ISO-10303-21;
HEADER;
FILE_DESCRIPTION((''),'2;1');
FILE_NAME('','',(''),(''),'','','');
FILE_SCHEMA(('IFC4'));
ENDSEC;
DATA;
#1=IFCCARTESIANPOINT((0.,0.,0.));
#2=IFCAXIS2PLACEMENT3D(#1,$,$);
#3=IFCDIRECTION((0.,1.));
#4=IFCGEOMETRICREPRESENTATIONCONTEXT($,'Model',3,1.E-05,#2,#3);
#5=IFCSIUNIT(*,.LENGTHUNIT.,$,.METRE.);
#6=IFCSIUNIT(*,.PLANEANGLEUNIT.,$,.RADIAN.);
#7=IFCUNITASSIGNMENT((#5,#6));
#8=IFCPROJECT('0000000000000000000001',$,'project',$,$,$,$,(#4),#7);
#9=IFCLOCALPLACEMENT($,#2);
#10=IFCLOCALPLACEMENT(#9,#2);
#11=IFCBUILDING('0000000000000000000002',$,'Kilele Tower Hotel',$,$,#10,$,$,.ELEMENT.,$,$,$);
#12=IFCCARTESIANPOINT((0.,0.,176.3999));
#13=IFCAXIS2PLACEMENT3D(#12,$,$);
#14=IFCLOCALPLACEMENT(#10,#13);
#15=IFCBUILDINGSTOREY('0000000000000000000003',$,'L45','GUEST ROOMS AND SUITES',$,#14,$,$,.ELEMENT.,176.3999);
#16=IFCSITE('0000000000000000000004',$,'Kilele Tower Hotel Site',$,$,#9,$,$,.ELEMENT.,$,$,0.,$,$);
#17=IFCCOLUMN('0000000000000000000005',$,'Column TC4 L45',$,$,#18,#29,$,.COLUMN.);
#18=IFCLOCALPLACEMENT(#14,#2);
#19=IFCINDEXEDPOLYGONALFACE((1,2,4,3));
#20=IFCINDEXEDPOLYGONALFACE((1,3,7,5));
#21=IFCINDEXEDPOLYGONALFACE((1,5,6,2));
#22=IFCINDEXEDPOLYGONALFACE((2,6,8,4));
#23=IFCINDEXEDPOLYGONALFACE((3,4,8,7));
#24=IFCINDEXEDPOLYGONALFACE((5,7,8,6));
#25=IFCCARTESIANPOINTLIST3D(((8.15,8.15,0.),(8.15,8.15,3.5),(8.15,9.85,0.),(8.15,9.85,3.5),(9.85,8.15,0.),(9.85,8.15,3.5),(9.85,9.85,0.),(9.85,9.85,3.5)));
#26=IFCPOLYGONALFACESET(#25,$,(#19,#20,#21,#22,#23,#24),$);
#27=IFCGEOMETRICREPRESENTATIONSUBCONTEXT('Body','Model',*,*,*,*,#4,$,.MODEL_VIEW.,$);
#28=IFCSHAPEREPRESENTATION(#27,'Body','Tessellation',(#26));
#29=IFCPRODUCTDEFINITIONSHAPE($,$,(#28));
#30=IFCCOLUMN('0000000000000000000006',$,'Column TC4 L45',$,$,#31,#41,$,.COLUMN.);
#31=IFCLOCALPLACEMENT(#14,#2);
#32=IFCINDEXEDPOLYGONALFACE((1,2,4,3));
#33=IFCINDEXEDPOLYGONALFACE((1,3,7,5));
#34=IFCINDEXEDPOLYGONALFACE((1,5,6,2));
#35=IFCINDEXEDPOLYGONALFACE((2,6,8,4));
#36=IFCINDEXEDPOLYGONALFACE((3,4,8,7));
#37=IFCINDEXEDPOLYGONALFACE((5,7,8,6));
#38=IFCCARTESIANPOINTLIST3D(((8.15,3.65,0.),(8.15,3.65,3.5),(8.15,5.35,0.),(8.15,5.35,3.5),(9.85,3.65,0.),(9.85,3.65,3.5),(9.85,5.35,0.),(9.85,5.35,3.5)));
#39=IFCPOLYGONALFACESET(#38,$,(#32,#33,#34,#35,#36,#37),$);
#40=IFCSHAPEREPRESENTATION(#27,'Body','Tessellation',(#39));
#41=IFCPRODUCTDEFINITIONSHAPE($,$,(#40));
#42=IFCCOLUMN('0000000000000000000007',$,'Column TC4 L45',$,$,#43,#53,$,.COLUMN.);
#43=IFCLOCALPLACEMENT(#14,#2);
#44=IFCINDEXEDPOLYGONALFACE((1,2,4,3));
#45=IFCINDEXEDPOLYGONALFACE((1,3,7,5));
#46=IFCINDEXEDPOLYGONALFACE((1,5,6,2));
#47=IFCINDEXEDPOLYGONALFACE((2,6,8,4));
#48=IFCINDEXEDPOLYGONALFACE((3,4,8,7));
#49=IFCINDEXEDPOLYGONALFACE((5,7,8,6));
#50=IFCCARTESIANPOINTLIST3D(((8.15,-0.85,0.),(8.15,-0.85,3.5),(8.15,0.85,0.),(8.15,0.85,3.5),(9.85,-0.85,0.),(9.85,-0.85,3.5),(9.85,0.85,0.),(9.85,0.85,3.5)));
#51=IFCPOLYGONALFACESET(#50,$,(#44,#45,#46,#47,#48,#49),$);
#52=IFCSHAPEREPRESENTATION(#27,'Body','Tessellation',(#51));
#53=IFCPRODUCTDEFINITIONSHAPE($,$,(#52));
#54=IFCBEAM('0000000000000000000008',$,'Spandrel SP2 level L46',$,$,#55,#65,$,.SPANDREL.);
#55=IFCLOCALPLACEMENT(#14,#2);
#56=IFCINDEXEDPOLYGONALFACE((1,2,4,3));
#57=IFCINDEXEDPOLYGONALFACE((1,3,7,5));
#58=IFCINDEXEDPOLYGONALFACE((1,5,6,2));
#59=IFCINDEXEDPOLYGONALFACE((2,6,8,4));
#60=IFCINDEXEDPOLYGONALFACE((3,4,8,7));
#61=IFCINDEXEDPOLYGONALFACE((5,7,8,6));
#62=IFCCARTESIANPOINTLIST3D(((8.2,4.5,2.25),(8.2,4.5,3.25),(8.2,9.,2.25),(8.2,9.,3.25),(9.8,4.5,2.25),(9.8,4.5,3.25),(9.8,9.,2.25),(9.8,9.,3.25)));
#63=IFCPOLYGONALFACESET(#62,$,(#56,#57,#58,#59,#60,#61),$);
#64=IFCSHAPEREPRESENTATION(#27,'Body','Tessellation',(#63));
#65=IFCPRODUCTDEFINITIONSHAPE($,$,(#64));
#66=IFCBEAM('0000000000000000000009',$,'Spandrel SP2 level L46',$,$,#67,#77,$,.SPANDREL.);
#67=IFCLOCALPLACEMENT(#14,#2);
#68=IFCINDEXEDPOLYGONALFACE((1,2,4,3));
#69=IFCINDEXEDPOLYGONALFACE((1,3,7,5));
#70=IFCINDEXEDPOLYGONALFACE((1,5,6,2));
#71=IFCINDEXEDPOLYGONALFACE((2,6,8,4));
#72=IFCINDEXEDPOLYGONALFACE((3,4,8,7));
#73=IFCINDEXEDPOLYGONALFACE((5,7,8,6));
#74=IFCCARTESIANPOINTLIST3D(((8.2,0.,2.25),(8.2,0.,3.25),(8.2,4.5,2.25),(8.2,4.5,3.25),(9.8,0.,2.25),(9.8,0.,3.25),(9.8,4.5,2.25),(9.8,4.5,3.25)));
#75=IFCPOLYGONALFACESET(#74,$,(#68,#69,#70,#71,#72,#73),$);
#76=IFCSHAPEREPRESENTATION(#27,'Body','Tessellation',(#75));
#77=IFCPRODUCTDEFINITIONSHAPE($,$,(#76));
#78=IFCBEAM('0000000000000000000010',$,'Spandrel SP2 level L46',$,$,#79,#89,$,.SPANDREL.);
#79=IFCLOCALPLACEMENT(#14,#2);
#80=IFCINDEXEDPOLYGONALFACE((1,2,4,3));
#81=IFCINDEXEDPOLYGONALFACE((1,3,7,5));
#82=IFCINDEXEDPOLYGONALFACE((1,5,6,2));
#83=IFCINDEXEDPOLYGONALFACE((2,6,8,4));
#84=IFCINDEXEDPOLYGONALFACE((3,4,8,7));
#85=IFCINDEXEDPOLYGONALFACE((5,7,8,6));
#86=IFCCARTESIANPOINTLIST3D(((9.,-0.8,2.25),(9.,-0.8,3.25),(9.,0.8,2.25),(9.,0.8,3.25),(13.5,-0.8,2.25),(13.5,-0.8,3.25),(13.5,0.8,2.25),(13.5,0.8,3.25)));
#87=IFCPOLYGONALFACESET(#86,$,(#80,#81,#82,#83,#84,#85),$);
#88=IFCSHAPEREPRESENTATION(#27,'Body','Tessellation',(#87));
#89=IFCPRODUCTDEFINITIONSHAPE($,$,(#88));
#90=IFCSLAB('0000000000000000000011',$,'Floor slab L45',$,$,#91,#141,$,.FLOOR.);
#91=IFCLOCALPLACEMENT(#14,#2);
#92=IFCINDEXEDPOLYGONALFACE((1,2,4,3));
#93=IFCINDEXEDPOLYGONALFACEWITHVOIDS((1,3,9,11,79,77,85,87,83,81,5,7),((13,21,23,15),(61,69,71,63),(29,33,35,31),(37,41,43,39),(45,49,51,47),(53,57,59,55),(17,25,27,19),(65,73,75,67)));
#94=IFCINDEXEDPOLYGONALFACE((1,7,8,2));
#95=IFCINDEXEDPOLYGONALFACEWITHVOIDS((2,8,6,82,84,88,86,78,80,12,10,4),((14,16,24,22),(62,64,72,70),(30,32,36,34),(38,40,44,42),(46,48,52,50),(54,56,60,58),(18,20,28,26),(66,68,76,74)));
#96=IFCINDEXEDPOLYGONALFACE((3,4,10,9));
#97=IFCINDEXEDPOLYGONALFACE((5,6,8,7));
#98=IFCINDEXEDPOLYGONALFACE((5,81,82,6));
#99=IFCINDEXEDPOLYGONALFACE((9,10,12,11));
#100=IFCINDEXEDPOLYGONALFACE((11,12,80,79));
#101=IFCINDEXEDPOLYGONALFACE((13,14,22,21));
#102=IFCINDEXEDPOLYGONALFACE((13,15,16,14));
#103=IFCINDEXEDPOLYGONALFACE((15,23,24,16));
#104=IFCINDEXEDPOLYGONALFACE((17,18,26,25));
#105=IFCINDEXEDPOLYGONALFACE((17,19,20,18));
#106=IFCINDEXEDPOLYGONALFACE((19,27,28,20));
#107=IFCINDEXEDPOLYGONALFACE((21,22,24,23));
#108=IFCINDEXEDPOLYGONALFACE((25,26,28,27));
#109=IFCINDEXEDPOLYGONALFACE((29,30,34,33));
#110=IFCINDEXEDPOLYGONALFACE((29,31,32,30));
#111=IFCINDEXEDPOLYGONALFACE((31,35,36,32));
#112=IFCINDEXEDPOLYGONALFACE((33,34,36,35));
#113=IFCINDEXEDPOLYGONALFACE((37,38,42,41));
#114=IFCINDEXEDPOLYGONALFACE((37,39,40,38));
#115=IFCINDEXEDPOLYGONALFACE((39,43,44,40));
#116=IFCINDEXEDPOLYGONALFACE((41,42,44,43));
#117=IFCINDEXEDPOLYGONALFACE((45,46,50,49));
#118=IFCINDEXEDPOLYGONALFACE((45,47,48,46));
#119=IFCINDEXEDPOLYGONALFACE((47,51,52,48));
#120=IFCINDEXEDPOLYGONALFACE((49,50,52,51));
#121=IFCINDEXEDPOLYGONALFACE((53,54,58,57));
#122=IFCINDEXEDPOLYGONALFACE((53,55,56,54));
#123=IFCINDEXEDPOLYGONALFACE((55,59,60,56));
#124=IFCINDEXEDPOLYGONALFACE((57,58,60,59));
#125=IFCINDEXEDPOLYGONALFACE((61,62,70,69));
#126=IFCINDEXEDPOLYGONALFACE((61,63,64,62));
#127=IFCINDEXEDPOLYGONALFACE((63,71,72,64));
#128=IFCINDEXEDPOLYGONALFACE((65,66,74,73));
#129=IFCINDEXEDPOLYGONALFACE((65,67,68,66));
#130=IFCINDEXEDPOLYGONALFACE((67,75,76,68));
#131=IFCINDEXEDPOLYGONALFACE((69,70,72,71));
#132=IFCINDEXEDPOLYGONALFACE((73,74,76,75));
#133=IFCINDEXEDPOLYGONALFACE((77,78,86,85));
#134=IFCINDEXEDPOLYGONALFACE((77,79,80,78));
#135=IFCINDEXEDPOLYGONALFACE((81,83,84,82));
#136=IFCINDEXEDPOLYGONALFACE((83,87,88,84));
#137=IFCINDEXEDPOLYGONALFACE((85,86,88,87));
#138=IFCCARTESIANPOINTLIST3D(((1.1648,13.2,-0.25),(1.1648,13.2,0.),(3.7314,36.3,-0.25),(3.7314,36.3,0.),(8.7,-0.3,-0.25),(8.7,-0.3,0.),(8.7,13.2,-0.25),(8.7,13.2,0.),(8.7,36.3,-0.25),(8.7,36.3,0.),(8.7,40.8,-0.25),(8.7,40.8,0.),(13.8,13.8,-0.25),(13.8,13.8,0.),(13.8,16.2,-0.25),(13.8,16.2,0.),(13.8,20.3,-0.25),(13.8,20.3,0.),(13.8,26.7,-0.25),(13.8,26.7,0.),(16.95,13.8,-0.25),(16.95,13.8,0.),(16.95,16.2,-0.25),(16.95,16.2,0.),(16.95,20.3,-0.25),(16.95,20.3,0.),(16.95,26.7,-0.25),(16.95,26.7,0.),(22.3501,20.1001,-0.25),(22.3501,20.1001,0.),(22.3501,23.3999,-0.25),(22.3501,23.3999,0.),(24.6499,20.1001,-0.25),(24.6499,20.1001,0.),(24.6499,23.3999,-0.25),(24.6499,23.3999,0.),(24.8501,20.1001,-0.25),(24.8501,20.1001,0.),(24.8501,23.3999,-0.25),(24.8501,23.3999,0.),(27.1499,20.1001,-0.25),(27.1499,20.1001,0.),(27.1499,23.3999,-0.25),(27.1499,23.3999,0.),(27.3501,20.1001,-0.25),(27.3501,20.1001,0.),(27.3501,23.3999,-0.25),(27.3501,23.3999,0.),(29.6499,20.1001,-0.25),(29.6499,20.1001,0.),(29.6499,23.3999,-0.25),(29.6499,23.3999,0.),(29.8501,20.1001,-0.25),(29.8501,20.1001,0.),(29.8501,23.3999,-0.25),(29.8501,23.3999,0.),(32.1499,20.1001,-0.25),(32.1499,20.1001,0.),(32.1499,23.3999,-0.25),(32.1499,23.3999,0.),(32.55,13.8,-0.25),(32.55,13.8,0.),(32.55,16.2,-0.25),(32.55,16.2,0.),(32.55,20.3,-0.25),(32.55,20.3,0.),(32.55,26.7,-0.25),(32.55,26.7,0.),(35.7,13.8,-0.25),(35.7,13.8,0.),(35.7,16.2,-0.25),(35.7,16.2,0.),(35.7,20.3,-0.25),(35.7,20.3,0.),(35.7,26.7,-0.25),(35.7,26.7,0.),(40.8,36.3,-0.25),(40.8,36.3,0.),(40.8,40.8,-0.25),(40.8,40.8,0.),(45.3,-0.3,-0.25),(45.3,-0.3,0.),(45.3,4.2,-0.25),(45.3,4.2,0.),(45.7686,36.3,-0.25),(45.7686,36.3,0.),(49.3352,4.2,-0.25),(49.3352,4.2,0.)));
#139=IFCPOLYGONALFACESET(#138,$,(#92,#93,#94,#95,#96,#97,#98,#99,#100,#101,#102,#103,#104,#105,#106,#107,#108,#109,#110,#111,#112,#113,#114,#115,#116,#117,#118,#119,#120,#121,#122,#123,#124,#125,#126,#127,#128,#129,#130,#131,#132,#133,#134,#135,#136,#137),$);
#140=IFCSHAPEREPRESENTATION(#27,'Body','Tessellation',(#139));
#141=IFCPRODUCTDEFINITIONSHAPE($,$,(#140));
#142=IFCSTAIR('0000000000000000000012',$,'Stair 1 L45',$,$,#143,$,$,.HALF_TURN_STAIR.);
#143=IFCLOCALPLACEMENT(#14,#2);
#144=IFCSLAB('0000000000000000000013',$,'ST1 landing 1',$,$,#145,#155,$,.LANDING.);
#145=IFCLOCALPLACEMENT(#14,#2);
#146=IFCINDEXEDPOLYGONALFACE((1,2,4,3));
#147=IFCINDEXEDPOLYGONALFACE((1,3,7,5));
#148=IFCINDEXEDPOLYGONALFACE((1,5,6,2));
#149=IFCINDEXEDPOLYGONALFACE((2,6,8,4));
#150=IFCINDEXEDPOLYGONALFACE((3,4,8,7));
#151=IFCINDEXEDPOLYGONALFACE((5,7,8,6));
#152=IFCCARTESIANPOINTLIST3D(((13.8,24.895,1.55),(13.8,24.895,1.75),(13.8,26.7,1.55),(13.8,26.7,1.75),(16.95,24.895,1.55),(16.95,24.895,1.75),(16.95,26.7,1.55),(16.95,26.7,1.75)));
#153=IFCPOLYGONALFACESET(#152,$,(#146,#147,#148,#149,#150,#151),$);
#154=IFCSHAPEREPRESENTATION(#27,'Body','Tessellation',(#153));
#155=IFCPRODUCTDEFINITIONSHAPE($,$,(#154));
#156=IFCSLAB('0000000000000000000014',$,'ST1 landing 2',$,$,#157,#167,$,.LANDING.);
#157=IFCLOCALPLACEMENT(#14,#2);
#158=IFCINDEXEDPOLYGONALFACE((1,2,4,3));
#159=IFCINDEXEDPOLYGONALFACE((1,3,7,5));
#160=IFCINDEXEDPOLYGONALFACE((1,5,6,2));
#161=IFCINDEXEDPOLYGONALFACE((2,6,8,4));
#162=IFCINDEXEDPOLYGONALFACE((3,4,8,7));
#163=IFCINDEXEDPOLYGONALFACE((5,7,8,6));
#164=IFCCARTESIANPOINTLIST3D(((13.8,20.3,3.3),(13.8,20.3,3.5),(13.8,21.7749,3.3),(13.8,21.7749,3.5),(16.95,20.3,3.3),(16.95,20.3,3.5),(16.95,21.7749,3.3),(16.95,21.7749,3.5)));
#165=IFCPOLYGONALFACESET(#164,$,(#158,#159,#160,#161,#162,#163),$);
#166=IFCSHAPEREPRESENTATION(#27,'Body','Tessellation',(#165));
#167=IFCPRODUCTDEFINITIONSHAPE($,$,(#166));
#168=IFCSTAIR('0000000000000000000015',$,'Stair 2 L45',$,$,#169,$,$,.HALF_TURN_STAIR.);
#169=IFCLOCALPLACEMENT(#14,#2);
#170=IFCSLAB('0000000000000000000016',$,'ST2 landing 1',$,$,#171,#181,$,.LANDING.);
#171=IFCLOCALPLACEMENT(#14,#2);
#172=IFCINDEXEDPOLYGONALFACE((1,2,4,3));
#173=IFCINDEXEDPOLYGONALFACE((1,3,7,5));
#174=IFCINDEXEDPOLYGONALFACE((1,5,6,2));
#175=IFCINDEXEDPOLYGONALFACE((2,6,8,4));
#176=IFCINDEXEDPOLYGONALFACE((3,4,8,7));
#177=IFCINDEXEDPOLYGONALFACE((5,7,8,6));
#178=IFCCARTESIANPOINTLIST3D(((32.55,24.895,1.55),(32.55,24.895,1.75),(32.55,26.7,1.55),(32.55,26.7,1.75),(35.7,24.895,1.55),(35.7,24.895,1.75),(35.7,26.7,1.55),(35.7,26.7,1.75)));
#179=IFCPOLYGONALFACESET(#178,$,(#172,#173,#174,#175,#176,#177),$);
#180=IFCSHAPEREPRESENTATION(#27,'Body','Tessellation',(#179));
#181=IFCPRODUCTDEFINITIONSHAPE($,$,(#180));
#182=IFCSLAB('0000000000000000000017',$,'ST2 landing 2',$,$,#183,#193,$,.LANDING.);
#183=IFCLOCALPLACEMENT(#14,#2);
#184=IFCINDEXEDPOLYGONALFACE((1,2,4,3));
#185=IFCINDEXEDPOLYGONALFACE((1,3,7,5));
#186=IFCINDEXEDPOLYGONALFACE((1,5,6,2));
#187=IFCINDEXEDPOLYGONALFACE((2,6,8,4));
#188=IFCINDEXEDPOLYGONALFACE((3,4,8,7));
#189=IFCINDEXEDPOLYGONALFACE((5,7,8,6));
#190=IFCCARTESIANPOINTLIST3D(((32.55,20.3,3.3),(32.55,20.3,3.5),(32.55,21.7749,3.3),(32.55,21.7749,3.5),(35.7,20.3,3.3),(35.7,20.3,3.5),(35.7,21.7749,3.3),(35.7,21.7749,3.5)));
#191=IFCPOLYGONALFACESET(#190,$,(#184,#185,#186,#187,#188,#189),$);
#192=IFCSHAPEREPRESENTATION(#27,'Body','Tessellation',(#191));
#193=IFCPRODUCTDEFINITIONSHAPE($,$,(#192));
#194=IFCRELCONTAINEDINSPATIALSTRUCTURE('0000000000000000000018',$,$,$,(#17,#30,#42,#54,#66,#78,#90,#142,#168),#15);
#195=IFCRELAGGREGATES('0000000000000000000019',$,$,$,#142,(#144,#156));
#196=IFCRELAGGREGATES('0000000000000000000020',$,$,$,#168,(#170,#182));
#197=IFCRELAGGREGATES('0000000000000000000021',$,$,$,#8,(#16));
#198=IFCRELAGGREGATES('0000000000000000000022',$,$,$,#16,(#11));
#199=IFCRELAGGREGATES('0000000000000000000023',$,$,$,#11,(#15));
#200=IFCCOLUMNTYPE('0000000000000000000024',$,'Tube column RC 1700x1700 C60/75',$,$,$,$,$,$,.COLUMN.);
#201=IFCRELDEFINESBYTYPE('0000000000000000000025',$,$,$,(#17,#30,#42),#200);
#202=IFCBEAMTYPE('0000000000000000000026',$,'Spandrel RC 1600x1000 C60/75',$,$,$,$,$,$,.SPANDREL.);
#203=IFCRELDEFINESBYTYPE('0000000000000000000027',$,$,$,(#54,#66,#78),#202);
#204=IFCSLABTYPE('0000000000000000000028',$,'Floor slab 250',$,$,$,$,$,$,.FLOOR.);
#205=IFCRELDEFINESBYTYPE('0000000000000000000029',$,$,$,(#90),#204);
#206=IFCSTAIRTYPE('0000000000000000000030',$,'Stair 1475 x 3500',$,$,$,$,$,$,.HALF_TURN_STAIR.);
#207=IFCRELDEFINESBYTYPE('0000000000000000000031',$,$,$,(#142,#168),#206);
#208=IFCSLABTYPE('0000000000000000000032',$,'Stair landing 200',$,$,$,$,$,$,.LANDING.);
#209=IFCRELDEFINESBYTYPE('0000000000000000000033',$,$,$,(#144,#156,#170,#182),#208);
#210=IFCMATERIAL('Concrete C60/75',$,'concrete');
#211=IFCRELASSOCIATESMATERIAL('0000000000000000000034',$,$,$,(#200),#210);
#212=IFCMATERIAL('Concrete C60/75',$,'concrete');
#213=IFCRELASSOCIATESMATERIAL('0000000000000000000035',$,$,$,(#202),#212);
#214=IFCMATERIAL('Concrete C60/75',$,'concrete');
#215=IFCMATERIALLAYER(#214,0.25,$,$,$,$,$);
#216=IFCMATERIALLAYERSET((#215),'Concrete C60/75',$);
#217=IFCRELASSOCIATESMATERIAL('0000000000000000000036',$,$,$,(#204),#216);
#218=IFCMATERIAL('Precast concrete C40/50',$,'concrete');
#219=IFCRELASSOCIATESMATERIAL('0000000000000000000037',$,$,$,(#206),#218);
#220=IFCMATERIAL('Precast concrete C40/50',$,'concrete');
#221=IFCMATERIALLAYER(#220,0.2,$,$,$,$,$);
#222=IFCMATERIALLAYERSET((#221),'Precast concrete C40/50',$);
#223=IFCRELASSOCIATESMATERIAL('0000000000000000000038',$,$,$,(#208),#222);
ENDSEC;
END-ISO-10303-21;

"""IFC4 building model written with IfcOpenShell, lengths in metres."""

from ifc_helpers import new_model, si_unit, direction, frame, origin, origin_2d, place, context, subcontext, project, spatial, polyline, rectangle, outline, extrude, material, layer, layer_set, material_profile, profile_set, type_object, element, aggregate, save


model = new_model("IFC4")

# Units and contexts
model_context = context("Model", 3, precision=1e-05, world=origin(), true_north=direction((0.0, 1.0)))
body_context = subcontext(model_context, "Body", "Model", "MODEL_VIEW")
ifc_project = project(units=[si_unit("LENGTHUNIT", "METRE"), si_unit("PLANEANGLEUNIT", "RADIAN")], contexts=[model_context])

# Site, building, storey
site_placement = place(None, origin())
site = spatial("IfcSite", under=ifc_project, at=site_placement, Name="Kilele Tower Hotel Site", CompositionType="ELEMENT", RefElevation=0.0)
building_placement = place(site_placement, origin())
building = spatial("IfcBuilding", under=site, at=building_placement, Name="Kilele Tower Hotel", CompositionType="ELEMENT")
storey_placement = place(building_placement, frame((0.0, 0.0, 176.3999)))
storey = spatial("IfcBuildingStorey", under=building, at=storey_placement, Name="L45", Description="GUEST ROOMS AND SUITES", CompositionType="ELEMENT", Elevation=176.3999)

# Columns
ifc_material_1 = material(Name="Concrete C60/75", Category="concrete")
ifc_material_profile_1 = material_profile(ifc_material_1, rectangle(XDim=1.7, YDim=1.7, at=origin_2d()))
ifc_profile_set_1 = profile_set([ifc_material_profile_1], Name="Concrete C60/75")
column_type = type_object("IfcColumnType", Name="Tube column RC 1700x1700 C60/75", PredefinedType="COLUMN", material=ifc_profile_set_1)
for number, where, z_axis, x_axis, name in (
    (1, (9.0, 9.0, 0.0), (0.0, 0.0, 1.0), (1.0, 0.0, 0.0), "Column TC4 L45"),
    (2, (9.0, 4.5, 0.0), (0.0, 0.0, 1.0), (1.0, 0.0, 0.0), "Column TC4 L45"),
    (3, (9.0, 0.0, 0.0), (0.0, 0.0, 1.0), (1.0, 0.0, 0.0), "Column TC4 L45"),
):
    element("IfcColumn", number, at=place(storey_placement, frame(where, z_axis=z_axis, x_axis=x_axis)), inside=storey, type_object=column_type, Name=name, PredefinedType="COLUMN", context=body_context, shape_type="SweptSolid", body=[
        extrude(rectangle(XDim=1.7, YDim=1.7, at=origin_2d()), origin(), (0.0, 0.0, 1.0), 3.5),
    ])

# Beams
ifc_material_2 = material(Name="Concrete C60/75", Category="concrete")
ifc_material_profile_2 = material_profile(ifc_material_2, rectangle(XDim=1.6001, YDim=1.0, at=origin_2d()))
ifc_profile_set_2 = profile_set([ifc_material_profile_2], Name="Concrete C60/75")
beam_type = type_object("IfcBeamType", Name="Spandrel RC 1600x1000 C60/75", PredefinedType="SPANDREL", material=ifc_profile_set_2)
for number, where, z_axis, x_axis, name in (
    (4, (9.0, 9.0, 2.75), (0.0, -1.0, 0.0), (1.0, 0.0, 0.0), "Spandrel SP2 level L46"),
    (5, (9.0, 4.5, 2.75), (0.0, -1.0, 0.0), (1.0, 0.0, 0.0), "Spandrel SP2 level L46"),
    (6, (9.0, 0.0, 2.75), (1.0, 0.0, 0.0), (0.0, 1.0, 0.0), "Spandrel SP2 level L46"),
):
    element("IfcBeam", number, at=place(storey_placement, frame(where, z_axis=z_axis, x_axis=x_axis)), inside=storey, type_object=beam_type, Name=name, PredefinedType="SPANDREL", context=body_context, shape_type="SweptSolid", body=[
        extrude(rectangle(XDim=1.6001, YDim=1.0, at=origin_2d()), origin(), (0.0, 0.0, 1.0), 4.5),
    ])

# Slab
ifc_material_3 = material(Name="Concrete C60/75", Category="concrete")
ifc_layer_1 = layer(ifc_material_3, 0.25)
ifc_layer_set_1 = layer_set([ifc_layer_1], Name="Concrete C60/75")
slab_type_1 = type_object("IfcSlabType", Name="Floor slab 250", PredefinedType="FLOOR", material=ifc_layer_set_1)
slab_1_placement = place(storey_placement, frame((0.0, 0.0, -0.25)))
element("IfcSlab", 7, at=slab_1_placement, inside=storey, type_object=slab_type_1, Name="Floor slab L45", PredefinedType="FLOOR", context=body_context, shape_type="SweptSolid", body=[
    extrude(outline(polyline([(8.7, 36.3), (8.7, 40.8), (40.8, 40.8), (40.8, 36.3), (45.7686, 36.3), (49.3352, 4.2), (45.3, 4.2), (45.3, -0.3), (8.7, -0.3), (8.7, 13.2), (1.1648, 13.2), (3.7314, 36.3), (8.7, 36.3)]), holes=[polyline([(16.95, 16.2), (13.8, 16.2), (13.8, 13.8), (16.95, 13.8), (16.95, 16.2)]), polyline([(35.7, 16.2), (32.55, 16.2), (32.55, 13.8), (35.7, 13.8), (35.7, 16.2)]), polyline([(24.6499, 23.3999), (22.3501, 23.3999), (22.3501, 20.1001), (24.6499, 20.1001), (24.6499, 23.3999)]), polyline([(27.1499, 23.3999), (24.8501, 23.3999), (24.8501, 20.1001), (27.1499, 20.1001), (27.1499, 23.3999)]), polyline([(29.6499, 23.3999), (27.3501, 23.3999), (27.3501, 20.1001), (29.6499, 20.1001), (29.6499, 23.3999)]), polyline([(32.1499, 23.3999), (29.8501, 23.3999), (29.8501, 20.1001), (32.1499, 20.1001), (32.1499, 23.3999)]), polyline([(16.95, 26.7), (13.8, 26.7), (13.8, 20.3), (16.95, 20.3), (16.95, 26.7)]), polyline([(35.7, 26.7), (32.55, 26.7), (32.55, 20.3), (35.7, 20.3), (35.7, 26.7)])]), origin(), (0.0, 0.0, 1.0), 0.25),
])

# Stairs, slabs
ifc_material_4 = material(Name="Precast concrete C40/50", Category="concrete")
stair_type = type_object("IfcStairType", Name="Stair 1475 x 3500", PredefinedType="HALF_TURN_STAIR", material=ifc_material_4)
stair_1_placement = place(storey_placement, origin())
stair_1 = element("IfcStair", 8, at=stair_1_placement, inside=storey, type_object=stair_type, Name="Stair 1 L45", PredefinedType="HALF_TURN_STAIR")
ifc_material_5 = material(Name="Precast concrete C40/50", Category="concrete")
ifc_layer_2 = layer(ifc_material_5, 0.2)
ifc_layer_set_2 = layer_set([ifc_layer_2], Name="Precast concrete C40/50")
slab_type_2 = type_object("IfcSlabType", Name="Stair landing 200", PredefinedType="LANDING", material=ifc_layer_set_2)
slab_2_placement = place(storey_placement, frame((0.0, 0.0, 1.55)))
slab_2 = element("IfcSlab", 9, at=slab_2_placement, type_object=slab_type_2, Name="ST1 landing 1", PredefinedType="LANDING", context=body_context, shape_type="SweptSolid", body=[
    extrude(outline(polyline([(13.8, 24.895), (16.95, 24.895), (16.95, 26.7), (13.8, 26.7), (13.8, 24.895)])), origin(), (0.0, 0.0, 1.0), 0.2),
])
slab_3_placement = place(storey_placement, frame((0.0, 0.0, 3.3)))
slab_3 = element("IfcSlab", 10, at=slab_3_placement, type_object=slab_type_2, Name="ST1 landing 2", PredefinedType="LANDING", context=body_context, shape_type="SweptSolid", body=[
    extrude(outline(polyline([(13.8, 20.3), (16.95, 20.3), (16.95, 21.7749), (13.8, 21.7749), (13.8, 20.3)])), origin(), (0.0, 0.0, 1.0), 0.2),
])
aggregate(stair_1, [slab_2, slab_3])
stair_2_placement = place(storey_placement, origin())
stair_2 = element("IfcStair", 11, at=stair_2_placement, inside=storey, type_object=stair_type, Name="Stair 2 L45", PredefinedType="HALF_TURN_STAIR")
slab_4_placement = place(storey_placement, frame((0.0, 0.0, 1.55)))
slab_4 = element("IfcSlab", 12, at=slab_4_placement, type_object=slab_type_2, Name="ST2 landing 1", PredefinedType="LANDING", context=body_context, shape_type="SweptSolid", body=[
    extrude(outline(polyline([(32.55, 24.895), (35.7, 24.895), (35.7, 26.7), (32.55, 26.7), (32.55, 24.895)])), origin(), (0.0, 0.0, 1.0), 0.2),
])
slab_5_placement = place(storey_placement, frame((0.0, 0.0, 3.3)))
slab_5 = element("IfcSlab", 13, at=slab_5_placement, type_object=slab_type_2, Name="ST2 landing 2", PredefinedType="LANDING", context=body_context, shape_type="SweptSolid", body=[
    extrude(outline(polyline([(32.55, 20.3), (35.7, 20.3), (35.7, 21.7749), (32.55, 21.7749), (32.55, 20.3)])), origin(), (0.0, 0.0, 1.0), 0.2),
])
aggregate(stair_2, [slab_4, slab_5])

save(model, "model.ifc")
